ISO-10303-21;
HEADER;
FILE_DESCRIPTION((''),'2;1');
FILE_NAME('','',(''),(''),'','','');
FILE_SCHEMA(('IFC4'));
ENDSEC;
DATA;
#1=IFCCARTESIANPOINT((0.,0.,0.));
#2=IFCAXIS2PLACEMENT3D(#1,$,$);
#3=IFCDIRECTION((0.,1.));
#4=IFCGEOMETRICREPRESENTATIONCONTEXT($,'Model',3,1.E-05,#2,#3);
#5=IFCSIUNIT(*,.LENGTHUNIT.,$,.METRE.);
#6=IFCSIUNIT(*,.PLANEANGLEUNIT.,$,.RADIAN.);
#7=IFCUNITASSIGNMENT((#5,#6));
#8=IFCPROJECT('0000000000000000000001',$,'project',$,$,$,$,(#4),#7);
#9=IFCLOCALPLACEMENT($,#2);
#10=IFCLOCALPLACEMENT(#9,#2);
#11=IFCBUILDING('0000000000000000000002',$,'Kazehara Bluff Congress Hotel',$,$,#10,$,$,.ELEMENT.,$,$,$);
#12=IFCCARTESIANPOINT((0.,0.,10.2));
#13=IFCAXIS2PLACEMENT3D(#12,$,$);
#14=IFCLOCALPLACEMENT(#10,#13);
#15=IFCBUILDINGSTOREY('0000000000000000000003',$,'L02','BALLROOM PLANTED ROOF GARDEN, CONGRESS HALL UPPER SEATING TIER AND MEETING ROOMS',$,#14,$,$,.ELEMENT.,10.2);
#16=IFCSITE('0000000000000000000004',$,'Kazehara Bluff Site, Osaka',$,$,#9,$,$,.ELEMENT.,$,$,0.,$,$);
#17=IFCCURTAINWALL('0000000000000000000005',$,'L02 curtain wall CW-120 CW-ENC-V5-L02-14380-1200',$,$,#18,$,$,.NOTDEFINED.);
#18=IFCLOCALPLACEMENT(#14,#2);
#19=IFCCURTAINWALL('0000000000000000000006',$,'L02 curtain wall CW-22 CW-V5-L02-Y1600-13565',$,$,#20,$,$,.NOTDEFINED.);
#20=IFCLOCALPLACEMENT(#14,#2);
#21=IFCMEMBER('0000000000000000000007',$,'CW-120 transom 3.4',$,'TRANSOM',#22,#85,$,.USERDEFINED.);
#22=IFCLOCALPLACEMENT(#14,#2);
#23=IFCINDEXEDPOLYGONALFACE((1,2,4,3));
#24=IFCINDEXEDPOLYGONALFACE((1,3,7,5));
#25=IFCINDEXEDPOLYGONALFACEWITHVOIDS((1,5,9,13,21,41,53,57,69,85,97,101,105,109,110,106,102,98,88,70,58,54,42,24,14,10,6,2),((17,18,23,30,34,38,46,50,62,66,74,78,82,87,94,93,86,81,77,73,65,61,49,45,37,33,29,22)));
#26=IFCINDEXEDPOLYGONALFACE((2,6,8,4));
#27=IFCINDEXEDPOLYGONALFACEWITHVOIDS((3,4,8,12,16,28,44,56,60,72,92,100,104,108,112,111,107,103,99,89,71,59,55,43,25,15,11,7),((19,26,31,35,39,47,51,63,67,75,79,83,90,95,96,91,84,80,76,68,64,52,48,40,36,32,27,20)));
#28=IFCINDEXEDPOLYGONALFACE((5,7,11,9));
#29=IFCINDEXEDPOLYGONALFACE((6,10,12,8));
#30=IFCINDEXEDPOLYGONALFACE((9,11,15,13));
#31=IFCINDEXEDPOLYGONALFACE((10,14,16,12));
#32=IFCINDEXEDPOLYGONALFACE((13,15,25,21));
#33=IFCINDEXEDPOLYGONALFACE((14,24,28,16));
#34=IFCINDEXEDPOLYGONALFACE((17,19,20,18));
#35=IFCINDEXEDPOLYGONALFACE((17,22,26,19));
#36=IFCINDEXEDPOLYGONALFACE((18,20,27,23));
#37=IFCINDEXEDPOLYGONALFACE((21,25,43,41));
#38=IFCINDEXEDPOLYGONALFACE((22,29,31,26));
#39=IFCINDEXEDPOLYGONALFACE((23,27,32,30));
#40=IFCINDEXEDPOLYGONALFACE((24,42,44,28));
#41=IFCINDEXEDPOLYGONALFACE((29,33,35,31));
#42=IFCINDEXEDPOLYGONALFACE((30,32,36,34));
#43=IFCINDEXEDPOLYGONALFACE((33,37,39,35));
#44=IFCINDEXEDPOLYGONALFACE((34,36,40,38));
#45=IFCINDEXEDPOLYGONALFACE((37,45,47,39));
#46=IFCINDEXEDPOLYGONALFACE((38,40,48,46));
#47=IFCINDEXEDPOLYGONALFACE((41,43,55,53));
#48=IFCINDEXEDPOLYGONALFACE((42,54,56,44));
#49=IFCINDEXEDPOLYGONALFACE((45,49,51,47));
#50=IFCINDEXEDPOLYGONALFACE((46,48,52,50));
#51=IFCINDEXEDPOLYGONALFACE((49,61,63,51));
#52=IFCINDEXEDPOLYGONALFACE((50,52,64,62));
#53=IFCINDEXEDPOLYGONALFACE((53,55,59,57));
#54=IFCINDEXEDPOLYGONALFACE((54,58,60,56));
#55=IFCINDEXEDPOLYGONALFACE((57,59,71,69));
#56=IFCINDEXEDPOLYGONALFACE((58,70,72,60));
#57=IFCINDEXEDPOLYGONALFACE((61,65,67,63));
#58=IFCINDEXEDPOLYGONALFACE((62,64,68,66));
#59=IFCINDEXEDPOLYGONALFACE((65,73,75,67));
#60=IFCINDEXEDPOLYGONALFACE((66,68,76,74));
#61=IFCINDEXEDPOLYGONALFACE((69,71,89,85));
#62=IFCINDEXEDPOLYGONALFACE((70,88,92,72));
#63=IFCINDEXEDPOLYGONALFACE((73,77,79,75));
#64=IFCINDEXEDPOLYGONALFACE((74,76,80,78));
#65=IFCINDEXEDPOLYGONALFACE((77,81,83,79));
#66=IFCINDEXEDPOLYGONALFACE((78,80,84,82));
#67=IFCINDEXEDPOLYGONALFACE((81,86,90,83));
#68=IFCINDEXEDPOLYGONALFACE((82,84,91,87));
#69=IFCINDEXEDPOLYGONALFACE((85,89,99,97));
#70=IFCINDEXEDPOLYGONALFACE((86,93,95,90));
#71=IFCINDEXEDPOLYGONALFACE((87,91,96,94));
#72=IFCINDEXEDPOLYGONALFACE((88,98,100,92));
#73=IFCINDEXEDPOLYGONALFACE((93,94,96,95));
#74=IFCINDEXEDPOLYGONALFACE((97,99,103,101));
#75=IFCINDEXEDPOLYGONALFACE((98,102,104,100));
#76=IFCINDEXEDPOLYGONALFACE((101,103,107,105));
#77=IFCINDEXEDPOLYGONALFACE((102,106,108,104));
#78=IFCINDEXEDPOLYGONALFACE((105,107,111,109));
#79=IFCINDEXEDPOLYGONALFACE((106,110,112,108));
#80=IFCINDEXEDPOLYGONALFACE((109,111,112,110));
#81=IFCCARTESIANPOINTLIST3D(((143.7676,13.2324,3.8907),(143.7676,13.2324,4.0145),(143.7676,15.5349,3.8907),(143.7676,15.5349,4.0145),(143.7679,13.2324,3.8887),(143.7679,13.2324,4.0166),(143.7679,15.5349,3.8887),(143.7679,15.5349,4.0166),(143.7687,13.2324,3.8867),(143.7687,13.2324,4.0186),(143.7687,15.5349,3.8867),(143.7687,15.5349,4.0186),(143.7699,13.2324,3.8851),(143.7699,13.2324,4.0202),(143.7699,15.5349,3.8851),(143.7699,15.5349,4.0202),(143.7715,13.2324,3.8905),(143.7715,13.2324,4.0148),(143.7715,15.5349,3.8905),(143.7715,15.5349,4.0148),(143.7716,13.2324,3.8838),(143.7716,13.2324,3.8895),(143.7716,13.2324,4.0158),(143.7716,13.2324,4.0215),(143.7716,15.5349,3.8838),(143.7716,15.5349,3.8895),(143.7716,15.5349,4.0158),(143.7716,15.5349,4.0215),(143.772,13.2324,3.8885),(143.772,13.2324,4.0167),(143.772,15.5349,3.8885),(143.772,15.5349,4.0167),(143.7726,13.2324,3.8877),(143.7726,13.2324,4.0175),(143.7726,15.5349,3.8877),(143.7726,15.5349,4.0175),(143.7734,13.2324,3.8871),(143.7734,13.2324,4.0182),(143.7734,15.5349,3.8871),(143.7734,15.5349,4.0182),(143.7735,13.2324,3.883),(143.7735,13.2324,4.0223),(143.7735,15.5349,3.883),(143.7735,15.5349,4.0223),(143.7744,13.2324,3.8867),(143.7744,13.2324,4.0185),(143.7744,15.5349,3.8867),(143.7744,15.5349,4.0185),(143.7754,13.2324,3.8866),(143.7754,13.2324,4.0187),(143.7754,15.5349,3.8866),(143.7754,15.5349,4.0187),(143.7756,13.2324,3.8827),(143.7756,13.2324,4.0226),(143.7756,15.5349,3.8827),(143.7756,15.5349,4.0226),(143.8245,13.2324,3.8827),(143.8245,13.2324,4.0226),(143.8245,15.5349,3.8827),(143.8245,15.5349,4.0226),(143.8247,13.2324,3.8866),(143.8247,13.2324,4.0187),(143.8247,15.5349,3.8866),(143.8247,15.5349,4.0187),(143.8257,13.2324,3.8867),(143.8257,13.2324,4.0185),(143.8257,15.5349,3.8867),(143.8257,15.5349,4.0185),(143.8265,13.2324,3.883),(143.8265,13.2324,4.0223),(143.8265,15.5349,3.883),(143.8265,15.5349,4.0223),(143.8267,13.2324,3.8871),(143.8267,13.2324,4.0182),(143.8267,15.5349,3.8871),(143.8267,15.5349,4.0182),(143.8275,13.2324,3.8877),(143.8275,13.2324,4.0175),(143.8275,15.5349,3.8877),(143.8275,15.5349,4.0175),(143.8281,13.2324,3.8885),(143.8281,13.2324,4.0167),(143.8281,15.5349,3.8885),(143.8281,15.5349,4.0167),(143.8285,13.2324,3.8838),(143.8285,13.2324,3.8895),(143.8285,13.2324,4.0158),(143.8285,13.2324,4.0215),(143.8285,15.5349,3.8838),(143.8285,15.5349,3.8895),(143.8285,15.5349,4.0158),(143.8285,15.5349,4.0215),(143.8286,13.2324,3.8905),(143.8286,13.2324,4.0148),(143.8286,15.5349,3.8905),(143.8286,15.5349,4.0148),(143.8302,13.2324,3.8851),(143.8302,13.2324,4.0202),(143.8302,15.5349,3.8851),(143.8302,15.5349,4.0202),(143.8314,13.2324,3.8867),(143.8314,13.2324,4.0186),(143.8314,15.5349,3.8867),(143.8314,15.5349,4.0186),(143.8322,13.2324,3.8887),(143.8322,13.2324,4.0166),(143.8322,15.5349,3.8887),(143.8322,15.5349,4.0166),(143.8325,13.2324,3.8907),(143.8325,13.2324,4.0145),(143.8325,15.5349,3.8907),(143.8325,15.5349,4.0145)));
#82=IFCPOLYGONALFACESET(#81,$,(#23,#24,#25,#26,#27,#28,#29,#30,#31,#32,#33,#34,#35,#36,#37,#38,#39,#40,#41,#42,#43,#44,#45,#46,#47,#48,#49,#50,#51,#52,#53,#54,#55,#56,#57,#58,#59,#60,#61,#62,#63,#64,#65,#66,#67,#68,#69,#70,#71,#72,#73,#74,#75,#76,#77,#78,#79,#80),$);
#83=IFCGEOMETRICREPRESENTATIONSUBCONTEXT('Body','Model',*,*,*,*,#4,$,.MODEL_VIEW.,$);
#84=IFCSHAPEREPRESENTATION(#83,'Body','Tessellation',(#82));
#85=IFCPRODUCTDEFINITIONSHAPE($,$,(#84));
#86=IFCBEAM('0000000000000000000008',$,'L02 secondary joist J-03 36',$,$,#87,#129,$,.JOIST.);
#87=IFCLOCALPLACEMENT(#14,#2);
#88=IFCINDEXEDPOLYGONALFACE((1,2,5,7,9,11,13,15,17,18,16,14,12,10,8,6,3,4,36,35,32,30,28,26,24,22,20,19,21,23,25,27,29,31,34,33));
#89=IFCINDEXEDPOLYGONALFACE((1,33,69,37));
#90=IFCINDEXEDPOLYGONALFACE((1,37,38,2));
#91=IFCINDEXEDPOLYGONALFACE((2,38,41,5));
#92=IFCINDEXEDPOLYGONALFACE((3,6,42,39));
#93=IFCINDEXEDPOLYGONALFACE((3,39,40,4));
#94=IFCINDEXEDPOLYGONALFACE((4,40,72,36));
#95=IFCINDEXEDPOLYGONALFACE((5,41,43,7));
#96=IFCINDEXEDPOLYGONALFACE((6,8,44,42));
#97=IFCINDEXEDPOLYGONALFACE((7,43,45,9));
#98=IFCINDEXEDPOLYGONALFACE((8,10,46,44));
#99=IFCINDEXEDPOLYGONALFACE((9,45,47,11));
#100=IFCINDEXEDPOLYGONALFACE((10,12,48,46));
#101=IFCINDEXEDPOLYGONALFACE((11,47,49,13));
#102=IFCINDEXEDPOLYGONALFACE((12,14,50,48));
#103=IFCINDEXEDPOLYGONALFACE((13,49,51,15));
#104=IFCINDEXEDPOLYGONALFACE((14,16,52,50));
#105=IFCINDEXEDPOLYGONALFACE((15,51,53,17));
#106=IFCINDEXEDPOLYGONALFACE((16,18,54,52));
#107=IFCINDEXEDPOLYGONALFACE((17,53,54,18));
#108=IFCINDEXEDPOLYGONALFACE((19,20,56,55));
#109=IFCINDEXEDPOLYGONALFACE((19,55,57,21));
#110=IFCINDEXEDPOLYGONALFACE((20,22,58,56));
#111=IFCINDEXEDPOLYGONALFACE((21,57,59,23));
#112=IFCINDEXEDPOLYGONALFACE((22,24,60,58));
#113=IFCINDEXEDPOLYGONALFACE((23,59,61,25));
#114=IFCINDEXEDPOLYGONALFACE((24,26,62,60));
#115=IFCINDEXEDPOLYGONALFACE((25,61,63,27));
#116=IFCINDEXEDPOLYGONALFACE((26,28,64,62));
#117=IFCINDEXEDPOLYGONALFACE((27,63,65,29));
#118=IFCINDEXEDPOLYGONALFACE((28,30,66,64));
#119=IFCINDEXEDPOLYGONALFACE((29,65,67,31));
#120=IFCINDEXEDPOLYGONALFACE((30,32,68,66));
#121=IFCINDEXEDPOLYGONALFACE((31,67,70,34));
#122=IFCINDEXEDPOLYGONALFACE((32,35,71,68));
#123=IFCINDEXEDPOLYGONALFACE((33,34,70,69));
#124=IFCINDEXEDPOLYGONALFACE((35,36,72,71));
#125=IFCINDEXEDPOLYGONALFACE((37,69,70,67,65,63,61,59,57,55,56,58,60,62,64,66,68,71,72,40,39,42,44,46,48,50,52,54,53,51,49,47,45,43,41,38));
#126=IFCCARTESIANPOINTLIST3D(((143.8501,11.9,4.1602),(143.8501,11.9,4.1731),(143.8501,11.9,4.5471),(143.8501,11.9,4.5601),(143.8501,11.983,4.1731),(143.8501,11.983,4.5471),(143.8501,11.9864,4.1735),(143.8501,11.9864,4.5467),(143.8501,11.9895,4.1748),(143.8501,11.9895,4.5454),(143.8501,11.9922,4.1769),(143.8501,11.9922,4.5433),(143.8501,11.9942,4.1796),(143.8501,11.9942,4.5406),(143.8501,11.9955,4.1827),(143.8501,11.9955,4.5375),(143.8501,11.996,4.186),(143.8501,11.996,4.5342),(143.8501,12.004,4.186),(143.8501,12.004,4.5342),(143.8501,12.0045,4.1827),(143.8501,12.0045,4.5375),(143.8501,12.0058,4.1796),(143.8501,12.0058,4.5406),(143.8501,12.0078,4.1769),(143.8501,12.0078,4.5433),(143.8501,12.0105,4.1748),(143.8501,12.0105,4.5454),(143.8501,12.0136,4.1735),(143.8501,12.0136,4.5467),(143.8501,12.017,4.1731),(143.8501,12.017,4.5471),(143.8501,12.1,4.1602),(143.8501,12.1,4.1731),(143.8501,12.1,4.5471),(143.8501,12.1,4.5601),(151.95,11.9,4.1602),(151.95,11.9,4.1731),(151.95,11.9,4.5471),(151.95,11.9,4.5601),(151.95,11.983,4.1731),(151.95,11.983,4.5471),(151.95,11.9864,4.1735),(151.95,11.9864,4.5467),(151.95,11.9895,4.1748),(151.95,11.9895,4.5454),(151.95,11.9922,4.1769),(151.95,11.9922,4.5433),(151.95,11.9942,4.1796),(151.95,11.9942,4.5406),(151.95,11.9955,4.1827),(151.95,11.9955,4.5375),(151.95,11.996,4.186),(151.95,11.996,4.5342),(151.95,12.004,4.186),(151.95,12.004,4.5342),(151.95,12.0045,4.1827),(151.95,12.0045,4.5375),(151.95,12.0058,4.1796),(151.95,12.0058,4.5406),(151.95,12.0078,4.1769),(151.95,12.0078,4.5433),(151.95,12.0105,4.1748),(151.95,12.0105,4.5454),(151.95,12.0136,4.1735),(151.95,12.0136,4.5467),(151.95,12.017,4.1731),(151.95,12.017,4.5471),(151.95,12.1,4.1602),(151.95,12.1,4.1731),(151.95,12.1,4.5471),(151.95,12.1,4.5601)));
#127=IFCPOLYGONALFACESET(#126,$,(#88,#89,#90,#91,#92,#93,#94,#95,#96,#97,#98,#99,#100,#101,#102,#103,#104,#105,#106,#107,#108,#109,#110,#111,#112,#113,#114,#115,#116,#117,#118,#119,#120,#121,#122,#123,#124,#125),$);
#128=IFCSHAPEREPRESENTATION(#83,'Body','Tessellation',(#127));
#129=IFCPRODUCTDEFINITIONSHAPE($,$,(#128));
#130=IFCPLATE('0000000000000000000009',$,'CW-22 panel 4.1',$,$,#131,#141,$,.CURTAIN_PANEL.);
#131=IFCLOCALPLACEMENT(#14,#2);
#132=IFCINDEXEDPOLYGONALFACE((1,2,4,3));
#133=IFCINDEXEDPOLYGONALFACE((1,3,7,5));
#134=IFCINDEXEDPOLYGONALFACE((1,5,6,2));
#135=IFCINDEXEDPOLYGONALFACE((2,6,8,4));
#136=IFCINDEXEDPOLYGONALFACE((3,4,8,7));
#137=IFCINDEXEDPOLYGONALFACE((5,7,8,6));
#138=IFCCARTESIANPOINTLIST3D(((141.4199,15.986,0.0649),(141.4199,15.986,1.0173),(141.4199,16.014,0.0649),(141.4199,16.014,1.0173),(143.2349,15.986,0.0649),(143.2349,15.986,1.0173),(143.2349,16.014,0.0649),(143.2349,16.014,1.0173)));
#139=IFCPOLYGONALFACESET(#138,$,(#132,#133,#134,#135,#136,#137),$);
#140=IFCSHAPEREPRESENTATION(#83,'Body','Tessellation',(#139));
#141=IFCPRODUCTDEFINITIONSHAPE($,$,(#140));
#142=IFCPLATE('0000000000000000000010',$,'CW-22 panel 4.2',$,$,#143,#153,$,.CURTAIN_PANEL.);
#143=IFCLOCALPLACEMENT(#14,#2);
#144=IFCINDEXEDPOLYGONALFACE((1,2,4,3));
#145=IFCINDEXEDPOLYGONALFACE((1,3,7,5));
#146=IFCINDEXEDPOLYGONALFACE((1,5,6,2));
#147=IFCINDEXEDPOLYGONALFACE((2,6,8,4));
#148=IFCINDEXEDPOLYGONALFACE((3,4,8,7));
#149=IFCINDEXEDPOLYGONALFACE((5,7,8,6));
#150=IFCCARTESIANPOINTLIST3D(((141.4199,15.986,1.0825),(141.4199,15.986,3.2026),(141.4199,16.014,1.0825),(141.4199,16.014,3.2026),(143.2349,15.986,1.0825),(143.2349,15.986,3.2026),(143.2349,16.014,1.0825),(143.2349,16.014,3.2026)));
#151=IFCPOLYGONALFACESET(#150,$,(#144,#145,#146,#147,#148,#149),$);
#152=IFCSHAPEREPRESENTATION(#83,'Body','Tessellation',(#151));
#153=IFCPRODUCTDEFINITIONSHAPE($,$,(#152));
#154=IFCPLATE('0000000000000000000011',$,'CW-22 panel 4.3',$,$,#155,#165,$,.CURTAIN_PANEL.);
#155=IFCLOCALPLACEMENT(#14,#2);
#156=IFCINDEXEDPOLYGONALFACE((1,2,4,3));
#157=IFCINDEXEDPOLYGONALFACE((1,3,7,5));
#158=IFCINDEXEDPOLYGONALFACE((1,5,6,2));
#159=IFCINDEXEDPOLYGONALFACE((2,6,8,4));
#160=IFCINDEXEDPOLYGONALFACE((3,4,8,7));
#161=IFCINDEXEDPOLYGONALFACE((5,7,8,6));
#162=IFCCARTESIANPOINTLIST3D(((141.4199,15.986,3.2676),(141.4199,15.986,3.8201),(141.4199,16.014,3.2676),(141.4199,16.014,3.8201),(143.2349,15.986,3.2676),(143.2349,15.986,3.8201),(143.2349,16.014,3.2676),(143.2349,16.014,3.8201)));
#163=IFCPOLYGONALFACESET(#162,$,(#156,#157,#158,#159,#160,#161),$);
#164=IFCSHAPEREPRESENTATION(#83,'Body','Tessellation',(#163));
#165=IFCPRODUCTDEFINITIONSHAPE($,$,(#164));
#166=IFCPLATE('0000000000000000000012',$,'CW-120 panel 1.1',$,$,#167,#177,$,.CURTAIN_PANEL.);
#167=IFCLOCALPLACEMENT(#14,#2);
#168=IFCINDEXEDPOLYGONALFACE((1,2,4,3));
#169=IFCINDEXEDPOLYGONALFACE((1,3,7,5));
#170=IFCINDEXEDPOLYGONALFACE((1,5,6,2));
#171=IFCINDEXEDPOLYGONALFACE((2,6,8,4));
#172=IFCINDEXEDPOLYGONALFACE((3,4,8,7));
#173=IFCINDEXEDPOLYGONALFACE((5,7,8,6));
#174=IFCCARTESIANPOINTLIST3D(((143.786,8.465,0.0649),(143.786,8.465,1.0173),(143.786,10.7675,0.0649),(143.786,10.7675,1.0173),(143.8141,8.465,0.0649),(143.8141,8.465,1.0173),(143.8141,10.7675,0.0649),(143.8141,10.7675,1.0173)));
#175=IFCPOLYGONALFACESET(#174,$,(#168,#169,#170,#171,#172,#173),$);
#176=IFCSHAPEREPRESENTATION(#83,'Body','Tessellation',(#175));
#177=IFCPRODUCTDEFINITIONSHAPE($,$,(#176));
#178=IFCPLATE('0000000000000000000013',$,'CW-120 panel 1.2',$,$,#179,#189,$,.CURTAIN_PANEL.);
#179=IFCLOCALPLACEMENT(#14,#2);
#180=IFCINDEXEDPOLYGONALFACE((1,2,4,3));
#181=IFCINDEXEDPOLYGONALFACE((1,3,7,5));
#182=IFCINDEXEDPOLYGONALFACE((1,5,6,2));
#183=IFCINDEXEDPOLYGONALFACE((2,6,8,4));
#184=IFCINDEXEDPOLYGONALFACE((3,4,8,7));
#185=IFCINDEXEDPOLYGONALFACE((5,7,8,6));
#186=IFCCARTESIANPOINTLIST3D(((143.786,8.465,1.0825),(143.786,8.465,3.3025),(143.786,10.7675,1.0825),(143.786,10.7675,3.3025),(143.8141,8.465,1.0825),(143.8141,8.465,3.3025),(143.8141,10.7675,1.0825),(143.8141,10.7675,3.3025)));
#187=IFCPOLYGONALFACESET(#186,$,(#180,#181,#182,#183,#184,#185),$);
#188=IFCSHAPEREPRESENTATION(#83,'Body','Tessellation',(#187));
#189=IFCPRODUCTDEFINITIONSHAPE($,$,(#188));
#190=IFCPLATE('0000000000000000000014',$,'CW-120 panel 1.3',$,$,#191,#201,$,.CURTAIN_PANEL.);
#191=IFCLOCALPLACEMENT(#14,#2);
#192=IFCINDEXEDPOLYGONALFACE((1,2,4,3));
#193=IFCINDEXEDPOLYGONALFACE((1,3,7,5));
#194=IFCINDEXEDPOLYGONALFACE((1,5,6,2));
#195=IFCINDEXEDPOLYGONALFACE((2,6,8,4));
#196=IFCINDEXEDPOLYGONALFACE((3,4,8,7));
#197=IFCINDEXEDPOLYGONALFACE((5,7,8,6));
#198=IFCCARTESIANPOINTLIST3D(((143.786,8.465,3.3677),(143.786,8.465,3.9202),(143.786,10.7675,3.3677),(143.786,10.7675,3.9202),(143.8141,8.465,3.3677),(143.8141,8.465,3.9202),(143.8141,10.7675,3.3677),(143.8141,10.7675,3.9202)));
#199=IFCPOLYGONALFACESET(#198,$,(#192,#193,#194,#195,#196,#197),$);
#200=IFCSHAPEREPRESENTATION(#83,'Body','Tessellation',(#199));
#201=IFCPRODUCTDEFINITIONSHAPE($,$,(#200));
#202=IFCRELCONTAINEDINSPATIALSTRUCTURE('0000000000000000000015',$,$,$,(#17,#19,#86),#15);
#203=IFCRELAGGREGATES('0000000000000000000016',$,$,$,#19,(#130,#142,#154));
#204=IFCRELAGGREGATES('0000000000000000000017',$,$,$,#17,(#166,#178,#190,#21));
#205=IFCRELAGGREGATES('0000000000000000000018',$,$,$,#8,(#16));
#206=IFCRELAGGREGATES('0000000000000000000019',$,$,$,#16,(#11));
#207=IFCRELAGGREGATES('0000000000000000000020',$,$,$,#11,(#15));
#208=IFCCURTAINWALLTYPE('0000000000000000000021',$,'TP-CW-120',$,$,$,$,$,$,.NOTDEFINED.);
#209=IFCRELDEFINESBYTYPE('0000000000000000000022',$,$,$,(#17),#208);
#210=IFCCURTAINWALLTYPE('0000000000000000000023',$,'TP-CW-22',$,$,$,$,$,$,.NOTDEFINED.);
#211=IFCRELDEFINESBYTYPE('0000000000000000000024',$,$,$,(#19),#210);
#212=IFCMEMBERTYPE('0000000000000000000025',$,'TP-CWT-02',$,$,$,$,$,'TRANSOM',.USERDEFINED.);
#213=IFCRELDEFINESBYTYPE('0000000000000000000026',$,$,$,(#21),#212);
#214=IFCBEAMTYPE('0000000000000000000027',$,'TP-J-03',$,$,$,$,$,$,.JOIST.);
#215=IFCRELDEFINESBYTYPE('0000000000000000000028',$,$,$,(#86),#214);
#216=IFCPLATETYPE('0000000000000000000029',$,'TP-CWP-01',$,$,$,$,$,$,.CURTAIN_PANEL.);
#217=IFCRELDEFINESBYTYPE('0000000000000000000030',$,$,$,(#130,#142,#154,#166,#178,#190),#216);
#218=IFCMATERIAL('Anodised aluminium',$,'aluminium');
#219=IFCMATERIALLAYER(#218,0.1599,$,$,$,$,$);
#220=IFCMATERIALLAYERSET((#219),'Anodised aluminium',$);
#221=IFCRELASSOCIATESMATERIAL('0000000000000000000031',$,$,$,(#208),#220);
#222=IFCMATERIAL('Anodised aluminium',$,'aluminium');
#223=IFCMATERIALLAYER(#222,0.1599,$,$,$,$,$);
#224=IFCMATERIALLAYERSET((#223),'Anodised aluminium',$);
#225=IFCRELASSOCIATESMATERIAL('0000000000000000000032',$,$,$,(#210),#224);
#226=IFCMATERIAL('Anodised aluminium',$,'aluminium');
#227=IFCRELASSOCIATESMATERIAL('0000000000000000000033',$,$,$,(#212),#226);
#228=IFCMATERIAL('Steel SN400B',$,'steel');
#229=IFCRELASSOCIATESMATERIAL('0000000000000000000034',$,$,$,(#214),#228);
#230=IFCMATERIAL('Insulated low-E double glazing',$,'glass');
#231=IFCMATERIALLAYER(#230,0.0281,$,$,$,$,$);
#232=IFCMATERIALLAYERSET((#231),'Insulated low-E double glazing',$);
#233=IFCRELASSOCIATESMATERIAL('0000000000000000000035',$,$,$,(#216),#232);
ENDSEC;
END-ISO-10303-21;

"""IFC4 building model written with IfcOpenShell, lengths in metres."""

from ifc_helpers import new_model, si_unit, direction, frame, origin, origin_2d, place, context, subcontext, project, spatial, rectangle, hollow_rectangle, i_section, extrude, material, layer, layer_set, material_profile, profile_set, type_object, element, aggregate, save


model = new_model("IFC4")

# Units and contexts
model_context = context("Model", 3, precision=1e-05, world=origin(), true_north=direction((0.0, 1.0)))
body_context = subcontext(model_context, "Body", "Model", "MODEL_VIEW")
ifc_project = project(units=[si_unit("LENGTHUNIT", "METRE"), si_unit("PLANEANGLEUNIT", "RADIAN")], contexts=[model_context])

# Site, building, storey
site_placement = place(None, origin())
site = spatial("IfcSite", under=ifc_project, at=site_placement, Name="Kazehara Bluff Site, Osaka", CompositionType="ELEMENT", RefElevation=0.0)
building_placement = place(site_placement, origin())
building = spatial("IfcBuilding", under=site, at=building_placement, Name="Kazehara Bluff Congress Hotel", CompositionType="ELEMENT")
storey_placement = place(building_placement, frame((0.0, 0.0, 10.2)))
storey = spatial("IfcBuildingStorey", under=building, at=storey_placement, Name="L02", Description="BALLROOM PLANTED ROOF GARDEN, CONGRESS HALL UPPER SEATING TIER AND MEETING ROOMS", CompositionType="ELEMENT", Elevation=10.2)

# Curtain wall
ifc_material_1 = material(Name="Anodised aluminium", Category="aluminium")
ifc_layer_1 = layer(ifc_material_1, 0.1599)
ifc_layer_set_1 = layer_set([ifc_layer_1], Name="Anodised aluminium")
curtain_wall_type_1 = type_object("IfcCurtainWallType", Name="TP-CW-120", PredefinedType="NOTDEFINED", material=ifc_layer_set_1)
curtain_wall_1_placement = place(storey_placement, origin())
curtain_wall_1 = element("IfcCurtainWall", 1, at=curtain_wall_1_placement, inside=storey, type_object=curtain_wall_type_1, Name="L02 curtain wall CW-120 CW-ENC-V5-L02-14380-1200", PredefinedType="NOTDEFINED")

# Curtain wall
ifc_material_2 = material(Name="Anodised aluminium", Category="aluminium")
ifc_layer_2 = layer(ifc_material_2, 0.1599)
ifc_layer_set_2 = layer_set([ifc_layer_2], Name="Anodised aluminium")
curtain_wall_type_2 = type_object("IfcCurtainWallType", Name="TP-CW-22", PredefinedType="NOTDEFINED", material=ifc_layer_set_2)
curtain_wall_2_placement = place(storey_placement, origin())
curtain_wall_2 = element("IfcCurtainWall", 2, at=curtain_wall_2_placement, inside=storey, type_object=curtain_wall_type_2, Name="L02 curtain wall CW-22 CW-V5-L02-Y1600-13565", PredefinedType="NOTDEFINED")
ifc_material_3 = material(Name="Anodised aluminium", Category="aluminium")
ifc_material_profile_1 = material_profile(ifc_material_3, hollow_rectangle(XDim=0.0649, YDim=0.1399, WallThickness=0.0039, InnerFilletRadius=0.0039, OuterFilletRadius=0.0081, at=origin_2d()))
ifc_profile_set_1 = profile_set([ifc_material_profile_1], Name="Anodised aluminium")
member_type_1 = type_object("IfcMemberType", Name="TP-CWT-02", ElementType="TRANSOM", PredefinedType="USERDEFINED", material=ifc_profile_set_1)

# Member
member_1_placement = place(storey_placement, frame((143.8, 13.2324, 3.9526), z_axis=(0.0, 1.0, 0.0), x_axis=(-1.0, 0.0, 0.0)))
member_1 = element("IfcMember", 3, at=member_1_placement, type_object=member_type_1, Name="CW-120 transom 3.4", ObjectType="TRANSOM", PredefinedType="USERDEFINED", context=body_context, shape_type="SweptSolid", body=[
    extrude(hollow_rectangle(XDim=0.0649, YDim=0.1399, WallThickness=0.0039, InnerFilletRadius=0.0039, OuterFilletRadius=0.0081, at=origin_2d()), origin(), (0.0, 0.0, 1.0), 2.3025),
])

# Beam
ifc_material_4 = material(Name="Steel SN400B", Category="steel")
ifc_material_profile_2 = material_profile(ifc_material_4, i_section(OverallWidth=0.2, OverallDepth=0.3999, WebThickness=0.0081, FlangeThickness=0.0129, FilletRadius=0.0129, at=origin_2d()))
ifc_profile_set_2 = profile_set([ifc_material_profile_2], Name="Steel SN400B")
beam_type = type_object("IfcBeamType", Name="TP-J-03", PredefinedType="JOIST", material=ifc_profile_set_2)
beam_placement = place(storey_placement, frame((143.8501, 12.0, 4.3601), z_axis=(1.0, 0.0, 0.0), x_axis=(0.0, 1.0, 0.0)))
element("IfcBeam", 4, at=beam_placement, inside=storey, type_object=beam_type, Name="L02 secondary joist J-03 36", PredefinedType="JOIST", context=body_context, shape_type="SweptSolid", body=[
    extrude(i_section(OverallWidth=0.2, OverallDepth=0.3999, WebThickness=0.0081, FlangeThickness=0.0129, FilletRadius=0.0129, at=origin_2d()), origin(), (0.0, 0.0, 1.0), 8.0999),
])

# Plates
ifc_material_5 = material(Name="Insulated low-E double glazing", Category="glass")
ifc_layer_3 = layer(ifc_material_5, 0.0281)
ifc_layer_set_3 = layer_set([ifc_layer_3], Name="Insulated low-E double glazing")
plate_type = type_object("IfcPlateType", Name="TP-CWP-01", PredefinedType="CURTAIN_PANEL", material=ifc_layer_set_3)
plate_1_placement = place(storey_placement, frame((142.3274, 16.0, 0.0649), z_axis=(0.0, 0.0, 1.0), x_axis=(1.0, 0.0, 0.0)))
plate_1 = element("IfcPlate", 5, at=plate_1_placement, type_object=plate_type, Name="CW-22 panel 4.1", PredefinedType="CURTAIN_PANEL", context=body_context, shape_type="SweptSolid", body=[
    extrude(rectangle(XDim=1.8149, YDim=0.0281, at=origin_2d()), origin(), (0.0, 0.0, 1.0), 0.9524),
])
plate_2_placement = place(storey_placement, frame((142.3274, 16.0, 1.0825), z_axis=(0.0, 0.0, 1.0), x_axis=(1.0, 0.0, 0.0)))
plate_2 = element("IfcPlate", 6, at=plate_2_placement, type_object=plate_type, Name="CW-22 panel 4.2", PredefinedType="CURTAIN_PANEL", context=body_context, shape_type="SweptSolid", body=[
    extrude(rectangle(XDim=1.8149, YDim=0.0281, at=origin_2d()), origin(), (0.0, 0.0, 1.0), 2.1201),
])
plate_3_placement = place(storey_placement, frame((142.3274, 16.0, 3.2676), z_axis=(0.0, 0.0, 1.0), x_axis=(1.0, 0.0, 0.0)))
plate_3 = element("IfcPlate", 7, at=plate_3_placement, type_object=plate_type, Name="CW-22 panel 4.3", PredefinedType="CURTAIN_PANEL", context=body_context, shape_type="SweptSolid", body=[
    extrude(rectangle(XDim=1.8149, YDim=0.0281, at=origin_2d()), origin(), (0.0, 0.0, 1.0), 0.5525),
])
aggregate(curtain_wall_2, [plate_1, plate_2, plate_3])
plate_4_placement = place(storey_placement, frame((143.8, 9.6162, 0.0649), z_axis=(0.0, 0.0, 1.0), x_axis=(0.0, 1.0, 0.0)))
plate_4 = element("IfcPlate", 8, at=plate_4_placement, type_object=plate_type, Name="CW-120 panel 1.1", PredefinedType="CURTAIN_PANEL", context=body_context, shape_type="SweptSolid", body=[
    extrude(rectangle(XDim=2.3025, YDim=0.0281, at=origin_2d()), origin(), (0.0, 0.0, 1.0), 0.9524),
])
plate_5_placement = place(storey_placement, frame((143.8, 9.6162, 1.0825), z_axis=(0.0, 0.0, 1.0), x_axis=(0.0, 1.0, 0.0)))
plate_5 = element("IfcPlate", 9, at=plate_5_placement, type_object=plate_type, Name="CW-120 panel 1.2", PredefinedType="CURTAIN_PANEL", context=body_context, shape_type="SweptSolid", body=[
    extrude(rectangle(XDim=2.3025, YDim=0.0281, at=origin_2d()), origin(), (0.0, 0.0, 1.0), 2.22),
])
plate_6_placement = place(storey_placement, frame((143.8, 9.6162, 3.3677), z_axis=(0.0, 0.0, 1.0), x_axis=(0.0, 1.0, 0.0)))
plate_6 = element("IfcPlate", 10, at=plate_6_placement, type_object=plate_type, Name="CW-120 panel 1.3", PredefinedType="CURTAIN_PANEL", context=body_context, shape_type="SweptSolid", body=[
    extrude(rectangle(XDim=2.3025, YDim=0.0281, at=origin_2d()), origin(), (0.0, 0.0, 1.0), 0.5525),
])
aggregate(curtain_wall_1, [plate_4, plate_5, plate_6, member_1])

save(model, "model.ifc")
